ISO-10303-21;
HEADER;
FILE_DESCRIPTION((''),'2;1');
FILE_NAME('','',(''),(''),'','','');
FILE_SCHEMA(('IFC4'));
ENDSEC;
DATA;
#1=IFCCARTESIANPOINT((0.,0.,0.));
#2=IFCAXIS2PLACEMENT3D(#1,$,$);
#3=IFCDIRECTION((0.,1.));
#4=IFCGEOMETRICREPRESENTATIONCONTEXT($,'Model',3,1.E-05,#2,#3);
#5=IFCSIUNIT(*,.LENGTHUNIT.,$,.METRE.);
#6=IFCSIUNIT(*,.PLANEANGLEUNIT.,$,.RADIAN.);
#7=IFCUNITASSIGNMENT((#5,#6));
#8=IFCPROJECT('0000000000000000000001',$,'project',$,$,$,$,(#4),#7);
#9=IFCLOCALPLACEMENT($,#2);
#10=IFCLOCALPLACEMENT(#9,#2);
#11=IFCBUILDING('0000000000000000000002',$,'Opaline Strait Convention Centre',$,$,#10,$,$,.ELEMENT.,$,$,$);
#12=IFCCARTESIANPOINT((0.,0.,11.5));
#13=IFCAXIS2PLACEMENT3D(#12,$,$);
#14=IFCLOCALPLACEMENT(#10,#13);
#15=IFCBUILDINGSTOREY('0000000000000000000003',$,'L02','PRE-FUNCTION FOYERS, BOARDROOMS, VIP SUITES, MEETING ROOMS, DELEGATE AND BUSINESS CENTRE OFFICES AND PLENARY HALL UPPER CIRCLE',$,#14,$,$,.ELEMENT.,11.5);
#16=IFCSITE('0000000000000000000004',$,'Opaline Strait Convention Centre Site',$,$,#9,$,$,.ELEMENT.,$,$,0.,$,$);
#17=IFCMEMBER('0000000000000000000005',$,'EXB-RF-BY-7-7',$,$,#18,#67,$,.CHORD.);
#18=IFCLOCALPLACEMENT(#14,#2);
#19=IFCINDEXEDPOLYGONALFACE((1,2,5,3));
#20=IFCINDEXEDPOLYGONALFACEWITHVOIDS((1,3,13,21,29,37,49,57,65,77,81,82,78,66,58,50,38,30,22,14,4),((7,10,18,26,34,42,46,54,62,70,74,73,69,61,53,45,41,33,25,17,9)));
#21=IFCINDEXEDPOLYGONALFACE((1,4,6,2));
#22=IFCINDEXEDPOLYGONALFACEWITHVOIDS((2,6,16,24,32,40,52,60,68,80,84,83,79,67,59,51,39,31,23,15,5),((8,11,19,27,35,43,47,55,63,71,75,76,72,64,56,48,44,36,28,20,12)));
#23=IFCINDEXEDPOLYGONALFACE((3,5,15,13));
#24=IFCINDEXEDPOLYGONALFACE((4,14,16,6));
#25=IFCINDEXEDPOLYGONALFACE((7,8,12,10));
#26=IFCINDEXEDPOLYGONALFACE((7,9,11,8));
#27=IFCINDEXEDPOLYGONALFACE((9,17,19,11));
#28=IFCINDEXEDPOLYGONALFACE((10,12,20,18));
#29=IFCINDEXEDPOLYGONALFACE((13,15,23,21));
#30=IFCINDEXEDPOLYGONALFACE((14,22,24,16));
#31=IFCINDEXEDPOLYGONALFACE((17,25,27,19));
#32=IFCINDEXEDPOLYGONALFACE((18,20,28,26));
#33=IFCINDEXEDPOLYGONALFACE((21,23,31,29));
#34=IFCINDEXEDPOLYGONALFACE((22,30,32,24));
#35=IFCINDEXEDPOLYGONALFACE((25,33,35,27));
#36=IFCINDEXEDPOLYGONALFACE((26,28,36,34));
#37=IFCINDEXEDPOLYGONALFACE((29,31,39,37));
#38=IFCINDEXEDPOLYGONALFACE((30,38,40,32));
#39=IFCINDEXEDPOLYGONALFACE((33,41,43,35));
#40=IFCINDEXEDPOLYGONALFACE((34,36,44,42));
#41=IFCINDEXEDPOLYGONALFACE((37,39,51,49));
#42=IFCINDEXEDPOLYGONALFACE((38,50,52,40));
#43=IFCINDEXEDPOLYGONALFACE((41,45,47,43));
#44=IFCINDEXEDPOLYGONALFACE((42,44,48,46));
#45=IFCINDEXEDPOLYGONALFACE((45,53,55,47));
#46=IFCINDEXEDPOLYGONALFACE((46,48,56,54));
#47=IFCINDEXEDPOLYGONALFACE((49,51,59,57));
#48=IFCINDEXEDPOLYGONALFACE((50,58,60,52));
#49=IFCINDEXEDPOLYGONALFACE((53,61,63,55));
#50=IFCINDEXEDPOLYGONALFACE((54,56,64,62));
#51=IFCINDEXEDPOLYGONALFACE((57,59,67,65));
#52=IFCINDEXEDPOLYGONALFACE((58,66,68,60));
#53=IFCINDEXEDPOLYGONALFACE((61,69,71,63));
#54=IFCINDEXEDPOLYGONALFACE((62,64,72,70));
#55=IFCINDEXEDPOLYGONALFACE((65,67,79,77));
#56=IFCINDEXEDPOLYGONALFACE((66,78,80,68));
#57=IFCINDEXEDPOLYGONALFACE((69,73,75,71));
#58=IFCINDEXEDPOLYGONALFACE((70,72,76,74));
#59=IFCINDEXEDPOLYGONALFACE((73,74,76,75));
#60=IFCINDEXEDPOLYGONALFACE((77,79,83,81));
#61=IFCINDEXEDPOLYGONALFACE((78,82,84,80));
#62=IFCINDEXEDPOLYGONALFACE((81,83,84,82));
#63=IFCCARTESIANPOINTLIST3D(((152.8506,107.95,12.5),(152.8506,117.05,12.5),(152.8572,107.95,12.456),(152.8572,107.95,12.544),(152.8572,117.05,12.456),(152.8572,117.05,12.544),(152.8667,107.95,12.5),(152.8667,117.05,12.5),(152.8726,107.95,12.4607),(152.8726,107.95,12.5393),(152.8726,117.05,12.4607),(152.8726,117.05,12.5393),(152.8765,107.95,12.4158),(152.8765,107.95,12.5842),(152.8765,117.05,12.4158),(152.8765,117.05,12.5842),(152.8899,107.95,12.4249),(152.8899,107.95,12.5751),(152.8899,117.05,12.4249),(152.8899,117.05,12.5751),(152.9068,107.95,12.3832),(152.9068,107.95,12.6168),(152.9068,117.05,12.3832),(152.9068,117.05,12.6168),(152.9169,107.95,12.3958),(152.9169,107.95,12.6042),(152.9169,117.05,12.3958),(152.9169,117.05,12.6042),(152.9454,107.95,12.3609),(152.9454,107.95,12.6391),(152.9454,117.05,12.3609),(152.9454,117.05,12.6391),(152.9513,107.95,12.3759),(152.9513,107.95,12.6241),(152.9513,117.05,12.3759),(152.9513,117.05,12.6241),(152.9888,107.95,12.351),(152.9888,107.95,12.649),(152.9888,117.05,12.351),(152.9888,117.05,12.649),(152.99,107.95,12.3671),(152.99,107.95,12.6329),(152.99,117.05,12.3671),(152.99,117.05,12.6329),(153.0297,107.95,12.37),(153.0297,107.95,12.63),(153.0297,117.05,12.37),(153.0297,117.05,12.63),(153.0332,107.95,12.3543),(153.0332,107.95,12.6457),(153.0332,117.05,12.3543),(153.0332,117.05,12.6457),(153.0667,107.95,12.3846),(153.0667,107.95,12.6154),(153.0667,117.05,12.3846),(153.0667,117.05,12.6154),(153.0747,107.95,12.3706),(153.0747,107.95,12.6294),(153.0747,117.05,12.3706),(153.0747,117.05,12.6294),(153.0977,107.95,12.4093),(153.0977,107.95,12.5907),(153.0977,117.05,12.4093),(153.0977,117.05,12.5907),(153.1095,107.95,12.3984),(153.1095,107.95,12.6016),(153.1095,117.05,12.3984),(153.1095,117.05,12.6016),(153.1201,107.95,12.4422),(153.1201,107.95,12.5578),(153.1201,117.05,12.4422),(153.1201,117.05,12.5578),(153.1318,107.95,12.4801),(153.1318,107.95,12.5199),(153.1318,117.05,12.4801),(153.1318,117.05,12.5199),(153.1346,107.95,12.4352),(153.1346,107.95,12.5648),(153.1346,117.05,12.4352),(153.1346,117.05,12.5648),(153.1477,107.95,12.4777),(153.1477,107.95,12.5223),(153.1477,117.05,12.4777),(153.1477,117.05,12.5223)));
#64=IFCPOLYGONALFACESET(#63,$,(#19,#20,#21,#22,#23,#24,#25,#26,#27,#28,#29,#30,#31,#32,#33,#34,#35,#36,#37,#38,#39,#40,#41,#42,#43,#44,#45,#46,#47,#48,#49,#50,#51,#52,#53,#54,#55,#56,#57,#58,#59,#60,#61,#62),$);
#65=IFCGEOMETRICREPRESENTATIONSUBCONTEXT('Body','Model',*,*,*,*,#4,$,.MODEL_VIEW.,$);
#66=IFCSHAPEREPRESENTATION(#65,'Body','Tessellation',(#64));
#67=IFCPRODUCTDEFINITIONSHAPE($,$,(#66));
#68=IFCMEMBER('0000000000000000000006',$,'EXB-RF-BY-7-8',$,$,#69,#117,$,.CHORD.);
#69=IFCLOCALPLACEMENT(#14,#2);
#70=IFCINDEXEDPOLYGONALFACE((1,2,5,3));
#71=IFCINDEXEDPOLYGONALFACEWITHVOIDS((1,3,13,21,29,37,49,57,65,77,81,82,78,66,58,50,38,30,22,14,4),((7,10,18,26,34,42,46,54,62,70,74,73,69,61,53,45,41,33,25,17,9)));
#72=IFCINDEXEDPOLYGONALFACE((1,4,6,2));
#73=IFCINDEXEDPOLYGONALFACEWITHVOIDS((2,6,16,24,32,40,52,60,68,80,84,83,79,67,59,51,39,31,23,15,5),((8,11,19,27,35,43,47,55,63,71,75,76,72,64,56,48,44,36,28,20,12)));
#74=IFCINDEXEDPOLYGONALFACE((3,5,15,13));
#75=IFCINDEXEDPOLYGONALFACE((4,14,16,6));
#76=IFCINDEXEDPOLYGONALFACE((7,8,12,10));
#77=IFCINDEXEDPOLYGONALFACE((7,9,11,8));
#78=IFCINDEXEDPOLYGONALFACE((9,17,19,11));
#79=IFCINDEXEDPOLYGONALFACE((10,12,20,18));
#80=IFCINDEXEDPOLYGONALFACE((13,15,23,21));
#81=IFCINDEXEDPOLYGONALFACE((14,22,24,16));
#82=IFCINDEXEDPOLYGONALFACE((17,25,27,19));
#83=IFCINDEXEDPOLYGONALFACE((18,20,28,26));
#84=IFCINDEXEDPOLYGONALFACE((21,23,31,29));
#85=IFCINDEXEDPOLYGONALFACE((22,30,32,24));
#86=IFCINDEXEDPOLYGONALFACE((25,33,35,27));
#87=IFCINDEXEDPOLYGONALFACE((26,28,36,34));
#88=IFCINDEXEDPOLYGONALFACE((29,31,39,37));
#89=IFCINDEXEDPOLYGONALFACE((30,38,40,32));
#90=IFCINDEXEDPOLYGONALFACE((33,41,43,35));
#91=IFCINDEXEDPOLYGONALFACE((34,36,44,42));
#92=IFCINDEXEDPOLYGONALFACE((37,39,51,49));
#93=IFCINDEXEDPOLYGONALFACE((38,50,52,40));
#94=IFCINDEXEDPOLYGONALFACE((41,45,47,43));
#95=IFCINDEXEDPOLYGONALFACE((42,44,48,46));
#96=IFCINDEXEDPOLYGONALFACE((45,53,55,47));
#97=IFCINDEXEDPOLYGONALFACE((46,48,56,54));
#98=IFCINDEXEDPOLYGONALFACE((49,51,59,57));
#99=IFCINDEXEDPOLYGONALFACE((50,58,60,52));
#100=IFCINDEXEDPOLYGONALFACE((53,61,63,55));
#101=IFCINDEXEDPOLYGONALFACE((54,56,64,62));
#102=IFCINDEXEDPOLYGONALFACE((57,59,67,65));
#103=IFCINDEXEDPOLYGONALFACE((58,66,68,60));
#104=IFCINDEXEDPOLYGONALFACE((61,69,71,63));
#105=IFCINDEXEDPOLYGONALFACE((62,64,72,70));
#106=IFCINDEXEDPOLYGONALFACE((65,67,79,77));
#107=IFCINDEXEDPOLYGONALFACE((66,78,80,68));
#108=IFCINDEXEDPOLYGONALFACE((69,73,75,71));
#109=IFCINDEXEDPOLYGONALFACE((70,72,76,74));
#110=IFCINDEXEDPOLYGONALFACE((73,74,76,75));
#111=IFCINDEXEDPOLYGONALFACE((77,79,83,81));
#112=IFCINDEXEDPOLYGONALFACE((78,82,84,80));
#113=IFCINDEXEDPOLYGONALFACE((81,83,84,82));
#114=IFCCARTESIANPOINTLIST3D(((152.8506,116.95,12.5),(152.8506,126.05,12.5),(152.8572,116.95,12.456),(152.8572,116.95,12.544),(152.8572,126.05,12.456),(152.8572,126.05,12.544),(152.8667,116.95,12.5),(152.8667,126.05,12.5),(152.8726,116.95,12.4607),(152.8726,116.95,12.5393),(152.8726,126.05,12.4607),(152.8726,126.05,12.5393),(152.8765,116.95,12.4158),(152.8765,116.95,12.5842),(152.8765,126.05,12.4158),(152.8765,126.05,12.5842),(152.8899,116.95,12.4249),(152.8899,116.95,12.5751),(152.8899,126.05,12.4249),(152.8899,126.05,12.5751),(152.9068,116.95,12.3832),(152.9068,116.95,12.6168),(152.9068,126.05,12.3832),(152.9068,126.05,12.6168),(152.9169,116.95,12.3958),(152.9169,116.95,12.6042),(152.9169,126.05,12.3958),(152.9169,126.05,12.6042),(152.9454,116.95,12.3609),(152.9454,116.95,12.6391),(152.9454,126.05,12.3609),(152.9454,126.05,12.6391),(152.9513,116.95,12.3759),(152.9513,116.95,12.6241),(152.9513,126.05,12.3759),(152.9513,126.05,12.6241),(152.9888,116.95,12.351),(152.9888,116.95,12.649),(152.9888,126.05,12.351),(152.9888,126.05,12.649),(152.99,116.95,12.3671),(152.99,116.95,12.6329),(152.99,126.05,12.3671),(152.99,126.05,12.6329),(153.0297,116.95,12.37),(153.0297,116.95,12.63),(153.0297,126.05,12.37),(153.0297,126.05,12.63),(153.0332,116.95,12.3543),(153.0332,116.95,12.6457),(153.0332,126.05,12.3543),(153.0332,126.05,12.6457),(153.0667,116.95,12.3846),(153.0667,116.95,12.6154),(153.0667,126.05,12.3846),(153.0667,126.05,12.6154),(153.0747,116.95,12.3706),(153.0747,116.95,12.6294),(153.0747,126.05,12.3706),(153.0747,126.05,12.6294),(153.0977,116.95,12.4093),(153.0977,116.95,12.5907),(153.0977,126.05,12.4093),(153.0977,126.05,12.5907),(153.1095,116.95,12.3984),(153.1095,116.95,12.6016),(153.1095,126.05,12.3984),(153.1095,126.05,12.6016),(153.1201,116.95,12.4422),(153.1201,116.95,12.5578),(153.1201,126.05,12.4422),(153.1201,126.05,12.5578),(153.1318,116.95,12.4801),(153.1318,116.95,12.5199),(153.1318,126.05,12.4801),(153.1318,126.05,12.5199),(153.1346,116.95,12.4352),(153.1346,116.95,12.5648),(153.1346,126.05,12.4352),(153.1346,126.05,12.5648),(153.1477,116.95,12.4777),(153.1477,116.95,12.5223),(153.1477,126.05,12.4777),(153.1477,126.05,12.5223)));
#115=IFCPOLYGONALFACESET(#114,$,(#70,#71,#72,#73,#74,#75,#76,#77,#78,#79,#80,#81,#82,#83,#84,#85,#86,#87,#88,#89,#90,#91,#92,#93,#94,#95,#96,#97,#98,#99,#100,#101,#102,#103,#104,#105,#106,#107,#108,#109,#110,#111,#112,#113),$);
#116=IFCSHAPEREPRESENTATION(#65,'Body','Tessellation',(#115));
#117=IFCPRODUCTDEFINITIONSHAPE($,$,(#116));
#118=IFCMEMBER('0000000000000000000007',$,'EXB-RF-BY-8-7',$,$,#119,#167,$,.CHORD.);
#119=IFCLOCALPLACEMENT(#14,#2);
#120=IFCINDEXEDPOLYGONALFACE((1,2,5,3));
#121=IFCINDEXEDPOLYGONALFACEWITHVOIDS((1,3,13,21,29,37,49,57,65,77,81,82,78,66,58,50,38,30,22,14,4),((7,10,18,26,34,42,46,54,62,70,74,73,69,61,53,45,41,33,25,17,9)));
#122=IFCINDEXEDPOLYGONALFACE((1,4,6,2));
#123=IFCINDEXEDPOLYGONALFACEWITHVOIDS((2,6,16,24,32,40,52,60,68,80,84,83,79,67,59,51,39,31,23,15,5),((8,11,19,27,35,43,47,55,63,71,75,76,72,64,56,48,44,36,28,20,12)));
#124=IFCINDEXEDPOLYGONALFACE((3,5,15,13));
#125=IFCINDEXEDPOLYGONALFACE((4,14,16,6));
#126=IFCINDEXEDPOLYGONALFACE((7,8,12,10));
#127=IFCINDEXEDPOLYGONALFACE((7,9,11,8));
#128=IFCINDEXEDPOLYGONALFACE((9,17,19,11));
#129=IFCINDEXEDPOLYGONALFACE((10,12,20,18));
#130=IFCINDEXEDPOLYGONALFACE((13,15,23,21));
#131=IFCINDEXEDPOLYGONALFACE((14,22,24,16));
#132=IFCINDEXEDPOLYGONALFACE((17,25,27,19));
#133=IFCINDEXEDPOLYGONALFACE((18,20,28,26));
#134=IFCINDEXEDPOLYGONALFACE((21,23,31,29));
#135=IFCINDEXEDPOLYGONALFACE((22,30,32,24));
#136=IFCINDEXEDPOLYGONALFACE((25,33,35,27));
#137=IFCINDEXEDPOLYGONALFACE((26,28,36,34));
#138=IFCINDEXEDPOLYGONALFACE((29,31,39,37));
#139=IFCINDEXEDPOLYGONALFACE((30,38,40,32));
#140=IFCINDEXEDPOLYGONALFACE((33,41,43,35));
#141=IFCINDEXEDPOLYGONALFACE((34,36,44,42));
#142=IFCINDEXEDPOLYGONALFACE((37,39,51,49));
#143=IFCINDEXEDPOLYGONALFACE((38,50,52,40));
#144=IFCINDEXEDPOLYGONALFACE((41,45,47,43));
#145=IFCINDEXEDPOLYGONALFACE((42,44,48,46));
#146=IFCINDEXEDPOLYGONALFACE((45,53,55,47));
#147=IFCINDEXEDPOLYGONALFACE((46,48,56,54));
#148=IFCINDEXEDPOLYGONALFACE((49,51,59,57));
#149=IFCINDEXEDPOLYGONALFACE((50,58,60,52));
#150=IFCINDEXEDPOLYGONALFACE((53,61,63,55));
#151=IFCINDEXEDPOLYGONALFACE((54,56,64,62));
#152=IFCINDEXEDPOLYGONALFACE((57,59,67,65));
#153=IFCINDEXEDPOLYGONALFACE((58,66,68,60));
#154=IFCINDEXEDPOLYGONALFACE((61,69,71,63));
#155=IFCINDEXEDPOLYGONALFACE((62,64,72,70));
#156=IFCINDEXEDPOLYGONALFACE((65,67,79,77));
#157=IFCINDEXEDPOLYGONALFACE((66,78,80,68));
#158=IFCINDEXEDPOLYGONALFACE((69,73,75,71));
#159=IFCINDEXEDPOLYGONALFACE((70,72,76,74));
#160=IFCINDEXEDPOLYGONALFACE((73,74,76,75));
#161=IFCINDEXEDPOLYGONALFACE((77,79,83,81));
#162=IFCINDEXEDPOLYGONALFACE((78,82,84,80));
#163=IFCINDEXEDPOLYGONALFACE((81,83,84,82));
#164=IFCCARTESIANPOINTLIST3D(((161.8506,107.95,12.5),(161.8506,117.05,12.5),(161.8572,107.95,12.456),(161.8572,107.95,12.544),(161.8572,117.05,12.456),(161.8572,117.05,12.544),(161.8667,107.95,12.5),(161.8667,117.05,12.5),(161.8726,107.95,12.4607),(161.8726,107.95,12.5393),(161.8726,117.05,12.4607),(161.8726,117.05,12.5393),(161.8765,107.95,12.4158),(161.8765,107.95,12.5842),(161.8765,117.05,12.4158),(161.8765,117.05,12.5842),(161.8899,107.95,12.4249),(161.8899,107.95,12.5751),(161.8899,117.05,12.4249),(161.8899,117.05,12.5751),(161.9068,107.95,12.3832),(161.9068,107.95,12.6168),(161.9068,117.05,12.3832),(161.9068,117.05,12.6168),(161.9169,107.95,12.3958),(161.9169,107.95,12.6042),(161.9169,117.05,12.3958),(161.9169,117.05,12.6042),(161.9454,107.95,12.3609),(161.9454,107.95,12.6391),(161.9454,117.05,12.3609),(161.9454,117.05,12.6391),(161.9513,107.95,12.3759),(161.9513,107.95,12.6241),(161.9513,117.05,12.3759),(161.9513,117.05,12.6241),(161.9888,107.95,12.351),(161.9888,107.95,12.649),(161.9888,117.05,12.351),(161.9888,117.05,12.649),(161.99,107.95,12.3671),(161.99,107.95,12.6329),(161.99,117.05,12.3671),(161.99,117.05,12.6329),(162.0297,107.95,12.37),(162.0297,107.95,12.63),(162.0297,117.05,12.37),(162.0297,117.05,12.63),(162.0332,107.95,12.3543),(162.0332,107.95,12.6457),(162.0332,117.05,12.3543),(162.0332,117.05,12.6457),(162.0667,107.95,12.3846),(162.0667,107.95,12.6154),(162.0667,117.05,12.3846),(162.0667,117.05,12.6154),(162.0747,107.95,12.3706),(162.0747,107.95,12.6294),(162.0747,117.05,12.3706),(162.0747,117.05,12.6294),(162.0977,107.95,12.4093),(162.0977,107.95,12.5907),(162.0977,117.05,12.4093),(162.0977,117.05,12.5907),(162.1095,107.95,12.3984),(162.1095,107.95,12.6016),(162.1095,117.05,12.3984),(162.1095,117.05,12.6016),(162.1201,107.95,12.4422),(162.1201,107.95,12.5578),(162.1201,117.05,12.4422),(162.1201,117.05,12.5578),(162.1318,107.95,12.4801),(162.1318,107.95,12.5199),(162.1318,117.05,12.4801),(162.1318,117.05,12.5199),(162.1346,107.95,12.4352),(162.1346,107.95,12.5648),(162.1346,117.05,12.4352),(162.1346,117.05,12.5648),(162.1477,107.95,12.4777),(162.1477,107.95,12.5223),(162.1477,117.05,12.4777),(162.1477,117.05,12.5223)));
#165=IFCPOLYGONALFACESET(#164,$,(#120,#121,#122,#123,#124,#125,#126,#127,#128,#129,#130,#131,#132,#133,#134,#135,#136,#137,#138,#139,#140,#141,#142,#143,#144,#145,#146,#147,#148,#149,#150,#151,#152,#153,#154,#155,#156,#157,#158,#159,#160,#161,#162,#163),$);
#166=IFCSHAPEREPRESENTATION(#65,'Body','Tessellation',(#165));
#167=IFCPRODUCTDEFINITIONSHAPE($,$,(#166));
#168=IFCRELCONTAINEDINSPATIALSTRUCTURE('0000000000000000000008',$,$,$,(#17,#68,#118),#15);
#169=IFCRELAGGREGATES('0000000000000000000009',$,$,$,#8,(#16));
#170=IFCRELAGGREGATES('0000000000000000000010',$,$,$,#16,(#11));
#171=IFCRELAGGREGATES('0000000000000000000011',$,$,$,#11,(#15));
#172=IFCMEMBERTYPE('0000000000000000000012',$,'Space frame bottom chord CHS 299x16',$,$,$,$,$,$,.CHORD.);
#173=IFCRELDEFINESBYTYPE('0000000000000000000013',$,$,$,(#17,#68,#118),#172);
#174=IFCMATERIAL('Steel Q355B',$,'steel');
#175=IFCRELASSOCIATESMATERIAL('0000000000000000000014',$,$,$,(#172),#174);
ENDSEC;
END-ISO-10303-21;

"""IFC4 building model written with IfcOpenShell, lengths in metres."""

from ifc_helpers import new_model, si_unit, direction, frame, origin, origin_2d, place, context, subcontext, project, spatial, hollow_circle, extrude, material, material_profile, profile_set, type_object, element, save


model = new_model("IFC4")

# Units and contexts
model_context = context("Model", 3, precision=1e-05, world=origin(), true_north=direction((0.0, 1.0)))
body_context = subcontext(model_context, "Body", "Model", "MODEL_VIEW")
ifc_project = project(units=[si_unit("LENGTHUNIT", "METRE"), si_unit("PLANEANGLEUNIT", "RADIAN")], contexts=[model_context])

# Site, building, storey
site_placement = place(None, origin())
site = spatial("IfcSite", under=ifc_project, at=site_placement, Name="Opaline Strait Convention Centre Site", CompositionType="ELEMENT", RefElevation=0.0)
building_placement = place(site_placement, origin())
building = spatial("IfcBuilding", under=site, at=building_placement, Name="Opaline Strait Convention Centre", CompositionType="ELEMENT")
storey_placement = place(building_placement, frame((0.0, 0.0, 11.5)))
storey = spatial("IfcBuildingStorey", under=building, at=storey_placement, Name="L02", Description="PRE-FUNCTION FOYERS, BOARDROOMS, VIP SUITES, MEETING ROOMS, DELEGATE AND BUSINESS CENTRE OFFICES AND PLENARY HALL UPPER CIRCLE", CompositionType="ELEMENT", Elevation=11.5)

# Members
ifc_material_1 = material(Name="Steel Q355B", Category="steel")
ifc_material_profile_1 = material_profile(ifc_material_1, hollow_circle(Radius=0.1494, WallThickness=0.0161, at=origin_2d()), Name="CHS 299x16")
ifc_profile_set_1 = profile_set([ifc_material_profile_1], Name="Steel Q355B")
member_type_1 = type_object("IfcMemberType", Name="Space frame bottom chord CHS 299x16", PredefinedType="CHORD", material=ifc_profile_set_1)
for number, where, z_axis, x_axis, name in (
    (1, (153.0, 107.95, 12.5), (0.0, 1.0, 0.0), (-1.0, 0.0, 0.0), "EXB-RF-BY-7-7"),
    (2, (153.0, 116.95, 12.5), (0.0, 1.0, 0.0), (-1.0, 0.0, 0.0), "EXB-RF-BY-7-8"),
    (3, (162.0, 107.95, 12.5), (0.0, 1.0, 0.0), (-1.0, 0.0, 0.0), "EXB-RF-BY-8-7"),
):
    element("IfcMember", number, at=place(storey_placement, frame(where, z_axis=z_axis, x_axis=x_axis)), inside=storey, type_object=member_type_1, Name=name, PredefinedType="CHORD", context=body_context, shape_type="SweptSolid", body=[
        extrude(hollow_circle(Radius=0.1494, WallThickness=0.0161, at=origin_2d()), origin(), (0.0, 0.0, 1.0), 9.1001),
    ])

save(model, "model.ifc")
